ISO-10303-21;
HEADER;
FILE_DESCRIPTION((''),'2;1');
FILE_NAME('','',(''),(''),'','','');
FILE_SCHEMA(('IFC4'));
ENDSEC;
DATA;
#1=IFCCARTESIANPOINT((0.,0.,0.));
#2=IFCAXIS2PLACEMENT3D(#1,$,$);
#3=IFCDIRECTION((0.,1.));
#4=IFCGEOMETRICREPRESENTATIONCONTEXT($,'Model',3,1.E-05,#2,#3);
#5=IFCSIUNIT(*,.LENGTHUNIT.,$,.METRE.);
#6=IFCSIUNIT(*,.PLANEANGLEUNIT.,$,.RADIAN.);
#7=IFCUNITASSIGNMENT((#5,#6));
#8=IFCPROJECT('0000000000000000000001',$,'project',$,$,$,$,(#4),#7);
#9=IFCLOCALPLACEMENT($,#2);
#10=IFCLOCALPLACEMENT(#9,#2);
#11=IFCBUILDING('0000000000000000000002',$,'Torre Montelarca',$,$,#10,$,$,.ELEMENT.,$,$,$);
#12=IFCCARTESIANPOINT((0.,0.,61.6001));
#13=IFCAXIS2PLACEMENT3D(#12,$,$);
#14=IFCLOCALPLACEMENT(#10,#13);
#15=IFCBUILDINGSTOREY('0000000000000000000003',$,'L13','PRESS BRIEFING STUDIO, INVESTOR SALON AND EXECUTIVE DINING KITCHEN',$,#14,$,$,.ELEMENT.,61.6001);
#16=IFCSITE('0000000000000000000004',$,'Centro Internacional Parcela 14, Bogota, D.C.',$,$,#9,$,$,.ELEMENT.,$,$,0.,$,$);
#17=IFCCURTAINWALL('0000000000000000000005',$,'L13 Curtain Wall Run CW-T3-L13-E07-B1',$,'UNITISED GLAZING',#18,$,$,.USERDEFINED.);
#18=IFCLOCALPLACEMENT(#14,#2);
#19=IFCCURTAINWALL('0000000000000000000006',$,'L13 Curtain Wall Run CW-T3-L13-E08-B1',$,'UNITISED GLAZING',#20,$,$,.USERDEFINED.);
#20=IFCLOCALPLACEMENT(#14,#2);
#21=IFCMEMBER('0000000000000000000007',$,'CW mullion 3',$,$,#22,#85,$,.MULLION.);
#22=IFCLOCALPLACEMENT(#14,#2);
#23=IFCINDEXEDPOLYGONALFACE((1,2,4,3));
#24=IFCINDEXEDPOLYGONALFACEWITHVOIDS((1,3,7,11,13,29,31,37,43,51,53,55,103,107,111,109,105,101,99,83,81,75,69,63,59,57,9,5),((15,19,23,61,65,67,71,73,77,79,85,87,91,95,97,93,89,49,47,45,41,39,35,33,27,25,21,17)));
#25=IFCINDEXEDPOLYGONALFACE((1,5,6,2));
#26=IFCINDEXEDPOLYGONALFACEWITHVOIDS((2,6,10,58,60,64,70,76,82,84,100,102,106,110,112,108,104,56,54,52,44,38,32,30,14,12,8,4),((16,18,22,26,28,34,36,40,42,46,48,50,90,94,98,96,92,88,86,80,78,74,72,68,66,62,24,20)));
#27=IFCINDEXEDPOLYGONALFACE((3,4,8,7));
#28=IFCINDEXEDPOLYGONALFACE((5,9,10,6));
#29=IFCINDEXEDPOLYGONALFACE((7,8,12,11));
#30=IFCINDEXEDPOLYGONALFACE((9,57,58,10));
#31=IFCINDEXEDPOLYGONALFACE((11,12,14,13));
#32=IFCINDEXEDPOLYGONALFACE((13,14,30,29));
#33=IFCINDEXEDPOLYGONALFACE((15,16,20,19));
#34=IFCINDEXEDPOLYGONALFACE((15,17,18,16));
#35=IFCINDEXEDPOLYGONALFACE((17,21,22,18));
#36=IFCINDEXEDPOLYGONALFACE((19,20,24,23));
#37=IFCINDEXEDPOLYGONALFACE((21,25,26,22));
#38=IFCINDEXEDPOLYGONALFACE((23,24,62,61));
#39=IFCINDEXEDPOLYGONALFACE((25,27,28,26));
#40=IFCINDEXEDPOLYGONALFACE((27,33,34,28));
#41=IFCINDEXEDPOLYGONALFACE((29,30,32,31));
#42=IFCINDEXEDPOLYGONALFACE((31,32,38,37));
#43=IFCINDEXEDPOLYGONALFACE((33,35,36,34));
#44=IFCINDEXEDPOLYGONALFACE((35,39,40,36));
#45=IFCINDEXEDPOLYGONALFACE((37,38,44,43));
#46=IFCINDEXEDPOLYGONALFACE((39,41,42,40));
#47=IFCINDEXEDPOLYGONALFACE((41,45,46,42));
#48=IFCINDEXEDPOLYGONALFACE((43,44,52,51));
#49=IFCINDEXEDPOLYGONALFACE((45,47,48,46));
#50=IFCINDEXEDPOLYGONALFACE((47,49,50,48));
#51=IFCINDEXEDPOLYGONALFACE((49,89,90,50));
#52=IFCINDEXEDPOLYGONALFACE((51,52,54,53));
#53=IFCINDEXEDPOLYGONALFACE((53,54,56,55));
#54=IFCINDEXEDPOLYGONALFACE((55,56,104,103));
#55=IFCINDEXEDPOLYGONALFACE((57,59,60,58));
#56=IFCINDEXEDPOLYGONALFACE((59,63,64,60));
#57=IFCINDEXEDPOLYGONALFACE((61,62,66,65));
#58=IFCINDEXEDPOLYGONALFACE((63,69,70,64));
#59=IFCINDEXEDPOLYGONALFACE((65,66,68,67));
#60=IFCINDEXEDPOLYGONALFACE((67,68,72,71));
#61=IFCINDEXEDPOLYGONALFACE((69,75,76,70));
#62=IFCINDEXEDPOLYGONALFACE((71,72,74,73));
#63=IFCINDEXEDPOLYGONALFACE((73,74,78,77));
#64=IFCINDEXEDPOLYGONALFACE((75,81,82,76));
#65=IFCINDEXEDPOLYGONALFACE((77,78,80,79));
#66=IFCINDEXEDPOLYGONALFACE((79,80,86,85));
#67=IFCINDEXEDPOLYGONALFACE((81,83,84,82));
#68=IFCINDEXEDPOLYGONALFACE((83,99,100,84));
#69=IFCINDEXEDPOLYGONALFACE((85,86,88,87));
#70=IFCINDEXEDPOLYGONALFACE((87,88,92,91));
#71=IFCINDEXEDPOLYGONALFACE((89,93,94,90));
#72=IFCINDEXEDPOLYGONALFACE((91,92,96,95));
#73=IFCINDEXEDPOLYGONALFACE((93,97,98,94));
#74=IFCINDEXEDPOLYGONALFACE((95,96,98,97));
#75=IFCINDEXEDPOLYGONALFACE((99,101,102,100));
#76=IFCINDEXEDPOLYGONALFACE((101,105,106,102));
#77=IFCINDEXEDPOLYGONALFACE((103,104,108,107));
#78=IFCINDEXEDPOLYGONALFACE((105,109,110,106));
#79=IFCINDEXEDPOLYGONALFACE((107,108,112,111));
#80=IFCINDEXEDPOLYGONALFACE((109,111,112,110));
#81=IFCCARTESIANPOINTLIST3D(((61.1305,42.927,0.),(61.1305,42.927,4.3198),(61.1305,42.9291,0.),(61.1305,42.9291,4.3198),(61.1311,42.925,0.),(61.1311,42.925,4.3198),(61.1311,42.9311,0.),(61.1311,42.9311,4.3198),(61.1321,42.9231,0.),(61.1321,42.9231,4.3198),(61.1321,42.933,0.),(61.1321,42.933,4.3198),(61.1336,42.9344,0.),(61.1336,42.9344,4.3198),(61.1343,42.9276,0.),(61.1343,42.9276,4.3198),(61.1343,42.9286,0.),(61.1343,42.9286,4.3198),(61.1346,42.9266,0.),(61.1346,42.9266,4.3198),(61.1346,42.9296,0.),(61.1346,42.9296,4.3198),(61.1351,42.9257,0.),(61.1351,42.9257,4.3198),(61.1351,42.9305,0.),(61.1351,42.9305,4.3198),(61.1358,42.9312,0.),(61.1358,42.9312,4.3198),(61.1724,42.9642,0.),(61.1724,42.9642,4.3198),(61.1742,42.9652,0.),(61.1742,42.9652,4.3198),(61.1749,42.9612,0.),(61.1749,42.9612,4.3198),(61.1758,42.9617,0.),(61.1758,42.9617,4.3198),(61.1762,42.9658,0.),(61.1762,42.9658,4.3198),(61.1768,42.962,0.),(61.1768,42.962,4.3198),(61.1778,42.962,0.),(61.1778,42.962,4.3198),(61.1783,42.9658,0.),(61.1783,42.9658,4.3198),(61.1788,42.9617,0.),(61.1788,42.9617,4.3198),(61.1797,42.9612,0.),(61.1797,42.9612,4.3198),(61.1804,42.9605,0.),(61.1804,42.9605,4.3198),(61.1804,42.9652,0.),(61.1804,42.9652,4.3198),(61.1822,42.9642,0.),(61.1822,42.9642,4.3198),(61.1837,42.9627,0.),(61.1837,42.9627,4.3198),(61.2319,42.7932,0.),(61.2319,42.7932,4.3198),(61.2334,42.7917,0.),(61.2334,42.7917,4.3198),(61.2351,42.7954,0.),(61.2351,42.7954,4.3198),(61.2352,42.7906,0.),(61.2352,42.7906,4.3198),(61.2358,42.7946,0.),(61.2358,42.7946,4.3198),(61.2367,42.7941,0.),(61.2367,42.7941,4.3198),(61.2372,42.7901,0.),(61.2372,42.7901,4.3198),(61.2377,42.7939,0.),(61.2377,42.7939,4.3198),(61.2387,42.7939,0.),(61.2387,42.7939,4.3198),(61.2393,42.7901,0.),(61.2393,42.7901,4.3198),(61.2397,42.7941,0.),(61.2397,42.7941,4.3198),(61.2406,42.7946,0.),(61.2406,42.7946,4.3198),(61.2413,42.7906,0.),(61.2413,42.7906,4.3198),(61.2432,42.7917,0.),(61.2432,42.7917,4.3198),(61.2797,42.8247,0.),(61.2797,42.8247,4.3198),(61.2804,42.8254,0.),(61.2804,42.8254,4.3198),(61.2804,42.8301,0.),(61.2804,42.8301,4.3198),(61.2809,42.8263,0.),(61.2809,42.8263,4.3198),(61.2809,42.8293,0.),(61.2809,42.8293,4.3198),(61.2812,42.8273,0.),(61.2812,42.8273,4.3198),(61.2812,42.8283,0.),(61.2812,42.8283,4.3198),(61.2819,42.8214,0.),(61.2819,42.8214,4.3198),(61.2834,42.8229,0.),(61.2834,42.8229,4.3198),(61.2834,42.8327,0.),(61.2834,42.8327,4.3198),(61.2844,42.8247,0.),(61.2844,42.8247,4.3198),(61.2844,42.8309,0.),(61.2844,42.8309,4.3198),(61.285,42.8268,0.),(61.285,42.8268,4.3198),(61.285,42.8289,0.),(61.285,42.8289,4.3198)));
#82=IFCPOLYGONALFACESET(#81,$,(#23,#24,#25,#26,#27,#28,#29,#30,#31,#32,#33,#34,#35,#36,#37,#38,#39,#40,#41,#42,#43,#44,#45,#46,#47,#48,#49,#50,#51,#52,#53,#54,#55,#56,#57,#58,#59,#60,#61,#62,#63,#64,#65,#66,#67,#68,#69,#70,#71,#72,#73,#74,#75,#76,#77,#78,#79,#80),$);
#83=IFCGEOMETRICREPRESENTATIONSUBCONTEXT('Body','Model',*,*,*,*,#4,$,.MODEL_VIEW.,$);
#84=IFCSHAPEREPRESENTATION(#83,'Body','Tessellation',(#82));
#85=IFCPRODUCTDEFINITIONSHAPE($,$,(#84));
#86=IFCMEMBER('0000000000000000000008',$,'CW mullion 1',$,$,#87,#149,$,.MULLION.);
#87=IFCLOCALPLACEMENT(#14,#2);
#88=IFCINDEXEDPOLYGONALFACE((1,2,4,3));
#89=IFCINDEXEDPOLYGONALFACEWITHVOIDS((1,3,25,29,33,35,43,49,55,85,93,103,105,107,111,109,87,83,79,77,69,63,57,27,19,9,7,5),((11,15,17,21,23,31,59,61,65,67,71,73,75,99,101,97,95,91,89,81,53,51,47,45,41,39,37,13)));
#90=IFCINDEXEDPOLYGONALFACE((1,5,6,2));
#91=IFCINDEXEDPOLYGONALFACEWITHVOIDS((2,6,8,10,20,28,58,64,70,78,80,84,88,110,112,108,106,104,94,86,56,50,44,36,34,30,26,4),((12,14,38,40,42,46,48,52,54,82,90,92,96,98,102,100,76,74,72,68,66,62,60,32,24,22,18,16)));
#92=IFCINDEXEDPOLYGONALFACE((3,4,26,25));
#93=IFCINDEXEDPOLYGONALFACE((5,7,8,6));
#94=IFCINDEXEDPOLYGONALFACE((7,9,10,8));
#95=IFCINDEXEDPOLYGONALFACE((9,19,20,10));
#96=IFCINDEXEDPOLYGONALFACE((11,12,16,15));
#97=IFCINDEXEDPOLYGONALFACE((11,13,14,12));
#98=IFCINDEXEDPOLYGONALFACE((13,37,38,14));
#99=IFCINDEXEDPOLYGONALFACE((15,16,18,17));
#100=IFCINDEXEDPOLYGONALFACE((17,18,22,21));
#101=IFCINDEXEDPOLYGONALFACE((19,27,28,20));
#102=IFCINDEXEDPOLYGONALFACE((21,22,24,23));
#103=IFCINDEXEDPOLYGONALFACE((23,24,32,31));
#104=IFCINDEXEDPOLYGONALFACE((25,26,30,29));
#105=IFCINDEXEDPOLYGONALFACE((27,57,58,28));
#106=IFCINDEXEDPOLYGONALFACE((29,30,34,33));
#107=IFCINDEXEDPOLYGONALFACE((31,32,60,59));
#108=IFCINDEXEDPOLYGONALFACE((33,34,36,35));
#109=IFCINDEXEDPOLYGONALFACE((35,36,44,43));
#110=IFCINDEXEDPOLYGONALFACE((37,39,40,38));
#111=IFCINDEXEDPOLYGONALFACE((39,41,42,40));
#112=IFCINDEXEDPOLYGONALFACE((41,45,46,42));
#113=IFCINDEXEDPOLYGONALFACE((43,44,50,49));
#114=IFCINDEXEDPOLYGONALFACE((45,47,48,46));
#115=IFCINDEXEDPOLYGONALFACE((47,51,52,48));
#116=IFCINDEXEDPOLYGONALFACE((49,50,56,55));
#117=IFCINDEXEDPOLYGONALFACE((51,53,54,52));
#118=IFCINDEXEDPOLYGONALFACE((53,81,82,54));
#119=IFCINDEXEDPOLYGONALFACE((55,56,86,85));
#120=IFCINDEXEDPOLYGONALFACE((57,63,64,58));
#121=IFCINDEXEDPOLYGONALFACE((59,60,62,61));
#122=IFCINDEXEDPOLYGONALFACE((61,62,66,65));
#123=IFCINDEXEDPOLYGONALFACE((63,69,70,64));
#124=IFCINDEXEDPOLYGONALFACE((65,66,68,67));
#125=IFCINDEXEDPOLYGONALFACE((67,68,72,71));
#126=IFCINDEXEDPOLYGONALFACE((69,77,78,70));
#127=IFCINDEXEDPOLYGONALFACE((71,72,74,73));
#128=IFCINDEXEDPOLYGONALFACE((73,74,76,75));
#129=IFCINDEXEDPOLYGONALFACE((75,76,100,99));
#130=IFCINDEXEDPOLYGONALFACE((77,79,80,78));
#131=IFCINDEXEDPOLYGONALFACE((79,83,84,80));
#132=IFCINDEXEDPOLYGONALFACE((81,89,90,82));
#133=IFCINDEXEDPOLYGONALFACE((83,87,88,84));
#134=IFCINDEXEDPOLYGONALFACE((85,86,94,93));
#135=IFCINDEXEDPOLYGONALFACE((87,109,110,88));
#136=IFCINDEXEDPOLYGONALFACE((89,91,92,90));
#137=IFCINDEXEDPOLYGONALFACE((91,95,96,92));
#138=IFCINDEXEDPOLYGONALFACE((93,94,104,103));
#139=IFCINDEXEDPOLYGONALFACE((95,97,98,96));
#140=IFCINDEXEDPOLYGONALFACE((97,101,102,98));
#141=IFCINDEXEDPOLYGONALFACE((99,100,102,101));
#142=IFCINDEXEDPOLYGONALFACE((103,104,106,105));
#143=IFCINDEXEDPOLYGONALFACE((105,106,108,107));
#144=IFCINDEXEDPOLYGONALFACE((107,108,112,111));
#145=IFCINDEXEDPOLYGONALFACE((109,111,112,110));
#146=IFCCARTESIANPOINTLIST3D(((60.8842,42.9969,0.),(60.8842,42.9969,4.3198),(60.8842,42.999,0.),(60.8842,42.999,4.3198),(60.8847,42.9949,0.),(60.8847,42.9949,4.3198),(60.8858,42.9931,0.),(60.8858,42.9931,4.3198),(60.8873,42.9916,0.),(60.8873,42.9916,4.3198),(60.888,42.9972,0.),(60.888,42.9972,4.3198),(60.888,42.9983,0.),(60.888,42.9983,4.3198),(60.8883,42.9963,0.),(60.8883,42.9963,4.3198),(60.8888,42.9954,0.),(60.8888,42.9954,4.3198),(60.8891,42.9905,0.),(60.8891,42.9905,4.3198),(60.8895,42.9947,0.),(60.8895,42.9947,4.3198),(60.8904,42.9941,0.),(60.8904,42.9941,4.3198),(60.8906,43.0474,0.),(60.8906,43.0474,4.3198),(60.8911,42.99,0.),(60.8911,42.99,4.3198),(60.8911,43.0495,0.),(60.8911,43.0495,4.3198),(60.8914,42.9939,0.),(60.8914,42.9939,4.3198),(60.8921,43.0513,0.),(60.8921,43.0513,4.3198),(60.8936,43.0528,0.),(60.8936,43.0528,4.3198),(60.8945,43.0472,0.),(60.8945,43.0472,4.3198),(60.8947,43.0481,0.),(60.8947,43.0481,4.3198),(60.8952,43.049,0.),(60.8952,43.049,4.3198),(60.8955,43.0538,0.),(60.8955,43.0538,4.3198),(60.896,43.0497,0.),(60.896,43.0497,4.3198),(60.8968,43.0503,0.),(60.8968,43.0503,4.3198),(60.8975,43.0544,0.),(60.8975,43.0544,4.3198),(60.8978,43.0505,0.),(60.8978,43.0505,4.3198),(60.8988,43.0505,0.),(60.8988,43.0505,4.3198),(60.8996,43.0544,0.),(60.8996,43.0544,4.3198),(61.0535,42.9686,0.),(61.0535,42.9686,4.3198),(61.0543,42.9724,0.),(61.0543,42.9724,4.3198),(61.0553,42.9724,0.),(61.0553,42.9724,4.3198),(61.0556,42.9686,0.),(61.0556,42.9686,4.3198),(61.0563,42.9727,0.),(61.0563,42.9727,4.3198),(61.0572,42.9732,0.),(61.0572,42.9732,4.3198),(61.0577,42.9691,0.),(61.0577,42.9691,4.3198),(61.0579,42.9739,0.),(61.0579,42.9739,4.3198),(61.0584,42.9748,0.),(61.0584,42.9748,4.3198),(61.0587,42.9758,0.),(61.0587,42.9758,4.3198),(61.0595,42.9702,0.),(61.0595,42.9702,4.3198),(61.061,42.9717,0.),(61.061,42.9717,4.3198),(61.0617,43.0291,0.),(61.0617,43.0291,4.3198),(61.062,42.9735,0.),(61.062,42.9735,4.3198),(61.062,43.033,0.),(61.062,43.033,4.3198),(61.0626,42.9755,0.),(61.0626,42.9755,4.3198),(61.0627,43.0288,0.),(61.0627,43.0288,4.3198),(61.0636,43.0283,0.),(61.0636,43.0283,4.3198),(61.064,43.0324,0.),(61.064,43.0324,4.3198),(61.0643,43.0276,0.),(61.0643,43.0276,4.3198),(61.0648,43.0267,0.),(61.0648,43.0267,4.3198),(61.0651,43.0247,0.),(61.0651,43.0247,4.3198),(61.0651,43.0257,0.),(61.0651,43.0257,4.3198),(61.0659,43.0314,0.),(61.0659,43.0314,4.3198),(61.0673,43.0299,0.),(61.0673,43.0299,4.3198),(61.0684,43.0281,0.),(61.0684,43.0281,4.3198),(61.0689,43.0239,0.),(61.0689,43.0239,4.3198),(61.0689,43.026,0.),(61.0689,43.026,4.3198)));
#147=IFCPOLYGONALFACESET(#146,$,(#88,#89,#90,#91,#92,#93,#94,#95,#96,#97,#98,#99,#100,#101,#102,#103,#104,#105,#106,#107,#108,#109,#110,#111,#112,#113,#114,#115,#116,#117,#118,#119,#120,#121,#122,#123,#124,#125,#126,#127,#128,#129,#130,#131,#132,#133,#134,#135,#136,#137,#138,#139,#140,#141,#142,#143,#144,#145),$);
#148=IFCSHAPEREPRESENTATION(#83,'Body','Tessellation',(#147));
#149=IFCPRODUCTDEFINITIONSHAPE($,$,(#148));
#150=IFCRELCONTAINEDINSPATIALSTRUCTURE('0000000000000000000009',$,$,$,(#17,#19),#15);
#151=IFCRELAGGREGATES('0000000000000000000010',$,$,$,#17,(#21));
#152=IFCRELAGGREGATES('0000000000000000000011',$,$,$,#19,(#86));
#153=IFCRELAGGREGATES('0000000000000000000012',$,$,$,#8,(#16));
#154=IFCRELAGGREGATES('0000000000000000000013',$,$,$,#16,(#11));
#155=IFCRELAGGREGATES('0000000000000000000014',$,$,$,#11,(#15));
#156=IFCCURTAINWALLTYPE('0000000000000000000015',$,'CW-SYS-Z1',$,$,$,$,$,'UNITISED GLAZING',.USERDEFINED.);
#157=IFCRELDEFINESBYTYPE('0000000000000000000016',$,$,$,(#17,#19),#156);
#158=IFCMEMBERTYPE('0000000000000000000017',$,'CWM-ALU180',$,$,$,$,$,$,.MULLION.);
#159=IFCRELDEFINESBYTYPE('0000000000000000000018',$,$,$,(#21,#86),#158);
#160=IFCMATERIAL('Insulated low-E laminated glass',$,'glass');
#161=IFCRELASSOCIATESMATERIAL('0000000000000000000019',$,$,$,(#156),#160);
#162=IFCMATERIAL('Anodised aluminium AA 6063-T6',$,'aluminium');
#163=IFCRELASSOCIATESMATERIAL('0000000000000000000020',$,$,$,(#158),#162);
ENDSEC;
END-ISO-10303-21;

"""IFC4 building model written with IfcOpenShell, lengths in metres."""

from ifc_helpers import new_model, si_unit, direction, frame, origin, origin_2d, place, context, subcontext, project, spatial, hollow_rectangle, extrude, source, transform, mapped, material, material_profile, profile_set, type_object, element, aggregate, save


model = new_model("IFC4")

# Units and contexts
model_context = context("Model", 3, precision=1e-05, world=origin(), true_north=direction((0.0, 1.0)))
body_context = subcontext(model_context, "Body", "Model", "MODEL_VIEW")
ifc_project = project(units=[si_unit("LENGTHUNIT", "METRE"), si_unit("PLANEANGLEUNIT", "RADIAN")], contexts=[model_context])

# Site, building, storey
site_placement = place(None, origin())
site = spatial("IfcSite", under=ifc_project, at=site_placement, Name="Centro Internacional Parcela 14, Bogota, D.C.", CompositionType="ELEMENT", RefElevation=0.0)
building_placement = place(site_placement, origin())
building = spatial("IfcBuilding", under=site, at=building_placement, Name="Torre Montelarca", CompositionType="ELEMENT")
storey_placement = place(building_placement, frame((0.0, 0.0, 61.6001)))
storey = spatial("IfcBuildingStorey", under=building, at=storey_placement, Name="L13", Description="PRESS BRIEFING STUDIO, INVESTOR SALON AND EXECUTIVE DINING KITCHEN", CompositionType="ELEMENT", Elevation=61.6001)

# Curtain walls
ifc_material_1 = material(Name="Insulated low-E laminated glass", Category="glass")
curtain_wall_type = type_object("IfcCurtainWallType", Name="CW-SYS-Z1", ElementType="UNITISED GLAZING", PredefinedType="USERDEFINED", material=ifc_material_1)
curtain_wall_1_placement = place(storey_placement, origin())
curtain_wall_1 = element("IfcCurtainWall", 1, at=curtain_wall_1_placement, inside=storey, type_object=curtain_wall_type, Name="L13 Curtain Wall Run CW-T3-L13-E07-B1", ObjectType="UNITISED GLAZING", PredefinedType="USERDEFINED")
ifc_material_2 = material(Name="Anodised aluminium AA 6063-T6", Category="aluminium")
curtain_wall_2_placement = place(storey_placement, origin())
curtain_wall_2 = element("IfcCurtainWall", 2, at=curtain_wall_2_placement, inside=storey, type_object=curtain_wall_type, Name="L13 Curtain Wall Run CW-T3-L13-E08-B1", ObjectType="UNITISED GLAZING", PredefinedType="USERDEFINED")
ifc_material_profile_1 = material_profile(ifc_material_2, hollow_rectangle(XDim=0.0649, YDim=0.1799, WallThickness=0.0039, InnerFilletRadius=0.0039, OuterFilletRadius=0.0081, at=origin_2d()), Name="ALU65X180X4", Category="aluminium")
ifc_profile_set_1 = profile_set([ifc_material_profile_1], Name="Anodised aluminium AA 6063-T6")
member_type_1 = type_object("IfcMemberType", Name="CWM-ALU180", PredefinedType="MULLION", material=ifc_profile_set_1)
shared_shape_1 = source(origin(), body_context, "Body", "SweptSolid", [
    extrude(hollow_rectangle(XDim=0.0649, YDim=0.1799, WallThickness=0.0039, InnerFilletRadius=0.0039, OuterFilletRadius=0.0081, at=origin_2d()), origin(), (0.0, 0.0, 1.0), 4.3198),
])

# Members
member_1_placement = place(storey_placement, frame((61.2078, 42.8779, 0.0), z_axis=(0.0, 0.0, 1.0), x_axis=(-0.793359, -0.608754, 0.0)))
member_1 = element("IfcMember", 3, at=member_1_placement, type_object=member_type_1, Name="CW mullion 3", PredefinedType="MULLION", context=body_context, shape_type="MappedRepresentation", body=[
    mapped(shared_shape_1, transform((0.0, 0.0, 0.0), scale=1.0)),
])
member_2_placement = place(storey_placement, frame((60.9766, 43.0115, 0.0), z_axis=(0.0, 0.0, 1.0), x_axis=(-0.130523, -0.991445, 0.0)))
member_2 = element("IfcMember", 4, at=member_2_placement, type_object=member_type_1, Name="CW mullion 1", PredefinedType="MULLION", context=body_context, shape_type="MappedRepresentation", body=[
    mapped(shared_shape_1, transform((0.0, 0.0, 0.0), scale=1.0)),
])

aggregate(curtain_wall_1, [member_1])
aggregate(curtain_wall_2, [member_2])

save(model, "model.ifc")
